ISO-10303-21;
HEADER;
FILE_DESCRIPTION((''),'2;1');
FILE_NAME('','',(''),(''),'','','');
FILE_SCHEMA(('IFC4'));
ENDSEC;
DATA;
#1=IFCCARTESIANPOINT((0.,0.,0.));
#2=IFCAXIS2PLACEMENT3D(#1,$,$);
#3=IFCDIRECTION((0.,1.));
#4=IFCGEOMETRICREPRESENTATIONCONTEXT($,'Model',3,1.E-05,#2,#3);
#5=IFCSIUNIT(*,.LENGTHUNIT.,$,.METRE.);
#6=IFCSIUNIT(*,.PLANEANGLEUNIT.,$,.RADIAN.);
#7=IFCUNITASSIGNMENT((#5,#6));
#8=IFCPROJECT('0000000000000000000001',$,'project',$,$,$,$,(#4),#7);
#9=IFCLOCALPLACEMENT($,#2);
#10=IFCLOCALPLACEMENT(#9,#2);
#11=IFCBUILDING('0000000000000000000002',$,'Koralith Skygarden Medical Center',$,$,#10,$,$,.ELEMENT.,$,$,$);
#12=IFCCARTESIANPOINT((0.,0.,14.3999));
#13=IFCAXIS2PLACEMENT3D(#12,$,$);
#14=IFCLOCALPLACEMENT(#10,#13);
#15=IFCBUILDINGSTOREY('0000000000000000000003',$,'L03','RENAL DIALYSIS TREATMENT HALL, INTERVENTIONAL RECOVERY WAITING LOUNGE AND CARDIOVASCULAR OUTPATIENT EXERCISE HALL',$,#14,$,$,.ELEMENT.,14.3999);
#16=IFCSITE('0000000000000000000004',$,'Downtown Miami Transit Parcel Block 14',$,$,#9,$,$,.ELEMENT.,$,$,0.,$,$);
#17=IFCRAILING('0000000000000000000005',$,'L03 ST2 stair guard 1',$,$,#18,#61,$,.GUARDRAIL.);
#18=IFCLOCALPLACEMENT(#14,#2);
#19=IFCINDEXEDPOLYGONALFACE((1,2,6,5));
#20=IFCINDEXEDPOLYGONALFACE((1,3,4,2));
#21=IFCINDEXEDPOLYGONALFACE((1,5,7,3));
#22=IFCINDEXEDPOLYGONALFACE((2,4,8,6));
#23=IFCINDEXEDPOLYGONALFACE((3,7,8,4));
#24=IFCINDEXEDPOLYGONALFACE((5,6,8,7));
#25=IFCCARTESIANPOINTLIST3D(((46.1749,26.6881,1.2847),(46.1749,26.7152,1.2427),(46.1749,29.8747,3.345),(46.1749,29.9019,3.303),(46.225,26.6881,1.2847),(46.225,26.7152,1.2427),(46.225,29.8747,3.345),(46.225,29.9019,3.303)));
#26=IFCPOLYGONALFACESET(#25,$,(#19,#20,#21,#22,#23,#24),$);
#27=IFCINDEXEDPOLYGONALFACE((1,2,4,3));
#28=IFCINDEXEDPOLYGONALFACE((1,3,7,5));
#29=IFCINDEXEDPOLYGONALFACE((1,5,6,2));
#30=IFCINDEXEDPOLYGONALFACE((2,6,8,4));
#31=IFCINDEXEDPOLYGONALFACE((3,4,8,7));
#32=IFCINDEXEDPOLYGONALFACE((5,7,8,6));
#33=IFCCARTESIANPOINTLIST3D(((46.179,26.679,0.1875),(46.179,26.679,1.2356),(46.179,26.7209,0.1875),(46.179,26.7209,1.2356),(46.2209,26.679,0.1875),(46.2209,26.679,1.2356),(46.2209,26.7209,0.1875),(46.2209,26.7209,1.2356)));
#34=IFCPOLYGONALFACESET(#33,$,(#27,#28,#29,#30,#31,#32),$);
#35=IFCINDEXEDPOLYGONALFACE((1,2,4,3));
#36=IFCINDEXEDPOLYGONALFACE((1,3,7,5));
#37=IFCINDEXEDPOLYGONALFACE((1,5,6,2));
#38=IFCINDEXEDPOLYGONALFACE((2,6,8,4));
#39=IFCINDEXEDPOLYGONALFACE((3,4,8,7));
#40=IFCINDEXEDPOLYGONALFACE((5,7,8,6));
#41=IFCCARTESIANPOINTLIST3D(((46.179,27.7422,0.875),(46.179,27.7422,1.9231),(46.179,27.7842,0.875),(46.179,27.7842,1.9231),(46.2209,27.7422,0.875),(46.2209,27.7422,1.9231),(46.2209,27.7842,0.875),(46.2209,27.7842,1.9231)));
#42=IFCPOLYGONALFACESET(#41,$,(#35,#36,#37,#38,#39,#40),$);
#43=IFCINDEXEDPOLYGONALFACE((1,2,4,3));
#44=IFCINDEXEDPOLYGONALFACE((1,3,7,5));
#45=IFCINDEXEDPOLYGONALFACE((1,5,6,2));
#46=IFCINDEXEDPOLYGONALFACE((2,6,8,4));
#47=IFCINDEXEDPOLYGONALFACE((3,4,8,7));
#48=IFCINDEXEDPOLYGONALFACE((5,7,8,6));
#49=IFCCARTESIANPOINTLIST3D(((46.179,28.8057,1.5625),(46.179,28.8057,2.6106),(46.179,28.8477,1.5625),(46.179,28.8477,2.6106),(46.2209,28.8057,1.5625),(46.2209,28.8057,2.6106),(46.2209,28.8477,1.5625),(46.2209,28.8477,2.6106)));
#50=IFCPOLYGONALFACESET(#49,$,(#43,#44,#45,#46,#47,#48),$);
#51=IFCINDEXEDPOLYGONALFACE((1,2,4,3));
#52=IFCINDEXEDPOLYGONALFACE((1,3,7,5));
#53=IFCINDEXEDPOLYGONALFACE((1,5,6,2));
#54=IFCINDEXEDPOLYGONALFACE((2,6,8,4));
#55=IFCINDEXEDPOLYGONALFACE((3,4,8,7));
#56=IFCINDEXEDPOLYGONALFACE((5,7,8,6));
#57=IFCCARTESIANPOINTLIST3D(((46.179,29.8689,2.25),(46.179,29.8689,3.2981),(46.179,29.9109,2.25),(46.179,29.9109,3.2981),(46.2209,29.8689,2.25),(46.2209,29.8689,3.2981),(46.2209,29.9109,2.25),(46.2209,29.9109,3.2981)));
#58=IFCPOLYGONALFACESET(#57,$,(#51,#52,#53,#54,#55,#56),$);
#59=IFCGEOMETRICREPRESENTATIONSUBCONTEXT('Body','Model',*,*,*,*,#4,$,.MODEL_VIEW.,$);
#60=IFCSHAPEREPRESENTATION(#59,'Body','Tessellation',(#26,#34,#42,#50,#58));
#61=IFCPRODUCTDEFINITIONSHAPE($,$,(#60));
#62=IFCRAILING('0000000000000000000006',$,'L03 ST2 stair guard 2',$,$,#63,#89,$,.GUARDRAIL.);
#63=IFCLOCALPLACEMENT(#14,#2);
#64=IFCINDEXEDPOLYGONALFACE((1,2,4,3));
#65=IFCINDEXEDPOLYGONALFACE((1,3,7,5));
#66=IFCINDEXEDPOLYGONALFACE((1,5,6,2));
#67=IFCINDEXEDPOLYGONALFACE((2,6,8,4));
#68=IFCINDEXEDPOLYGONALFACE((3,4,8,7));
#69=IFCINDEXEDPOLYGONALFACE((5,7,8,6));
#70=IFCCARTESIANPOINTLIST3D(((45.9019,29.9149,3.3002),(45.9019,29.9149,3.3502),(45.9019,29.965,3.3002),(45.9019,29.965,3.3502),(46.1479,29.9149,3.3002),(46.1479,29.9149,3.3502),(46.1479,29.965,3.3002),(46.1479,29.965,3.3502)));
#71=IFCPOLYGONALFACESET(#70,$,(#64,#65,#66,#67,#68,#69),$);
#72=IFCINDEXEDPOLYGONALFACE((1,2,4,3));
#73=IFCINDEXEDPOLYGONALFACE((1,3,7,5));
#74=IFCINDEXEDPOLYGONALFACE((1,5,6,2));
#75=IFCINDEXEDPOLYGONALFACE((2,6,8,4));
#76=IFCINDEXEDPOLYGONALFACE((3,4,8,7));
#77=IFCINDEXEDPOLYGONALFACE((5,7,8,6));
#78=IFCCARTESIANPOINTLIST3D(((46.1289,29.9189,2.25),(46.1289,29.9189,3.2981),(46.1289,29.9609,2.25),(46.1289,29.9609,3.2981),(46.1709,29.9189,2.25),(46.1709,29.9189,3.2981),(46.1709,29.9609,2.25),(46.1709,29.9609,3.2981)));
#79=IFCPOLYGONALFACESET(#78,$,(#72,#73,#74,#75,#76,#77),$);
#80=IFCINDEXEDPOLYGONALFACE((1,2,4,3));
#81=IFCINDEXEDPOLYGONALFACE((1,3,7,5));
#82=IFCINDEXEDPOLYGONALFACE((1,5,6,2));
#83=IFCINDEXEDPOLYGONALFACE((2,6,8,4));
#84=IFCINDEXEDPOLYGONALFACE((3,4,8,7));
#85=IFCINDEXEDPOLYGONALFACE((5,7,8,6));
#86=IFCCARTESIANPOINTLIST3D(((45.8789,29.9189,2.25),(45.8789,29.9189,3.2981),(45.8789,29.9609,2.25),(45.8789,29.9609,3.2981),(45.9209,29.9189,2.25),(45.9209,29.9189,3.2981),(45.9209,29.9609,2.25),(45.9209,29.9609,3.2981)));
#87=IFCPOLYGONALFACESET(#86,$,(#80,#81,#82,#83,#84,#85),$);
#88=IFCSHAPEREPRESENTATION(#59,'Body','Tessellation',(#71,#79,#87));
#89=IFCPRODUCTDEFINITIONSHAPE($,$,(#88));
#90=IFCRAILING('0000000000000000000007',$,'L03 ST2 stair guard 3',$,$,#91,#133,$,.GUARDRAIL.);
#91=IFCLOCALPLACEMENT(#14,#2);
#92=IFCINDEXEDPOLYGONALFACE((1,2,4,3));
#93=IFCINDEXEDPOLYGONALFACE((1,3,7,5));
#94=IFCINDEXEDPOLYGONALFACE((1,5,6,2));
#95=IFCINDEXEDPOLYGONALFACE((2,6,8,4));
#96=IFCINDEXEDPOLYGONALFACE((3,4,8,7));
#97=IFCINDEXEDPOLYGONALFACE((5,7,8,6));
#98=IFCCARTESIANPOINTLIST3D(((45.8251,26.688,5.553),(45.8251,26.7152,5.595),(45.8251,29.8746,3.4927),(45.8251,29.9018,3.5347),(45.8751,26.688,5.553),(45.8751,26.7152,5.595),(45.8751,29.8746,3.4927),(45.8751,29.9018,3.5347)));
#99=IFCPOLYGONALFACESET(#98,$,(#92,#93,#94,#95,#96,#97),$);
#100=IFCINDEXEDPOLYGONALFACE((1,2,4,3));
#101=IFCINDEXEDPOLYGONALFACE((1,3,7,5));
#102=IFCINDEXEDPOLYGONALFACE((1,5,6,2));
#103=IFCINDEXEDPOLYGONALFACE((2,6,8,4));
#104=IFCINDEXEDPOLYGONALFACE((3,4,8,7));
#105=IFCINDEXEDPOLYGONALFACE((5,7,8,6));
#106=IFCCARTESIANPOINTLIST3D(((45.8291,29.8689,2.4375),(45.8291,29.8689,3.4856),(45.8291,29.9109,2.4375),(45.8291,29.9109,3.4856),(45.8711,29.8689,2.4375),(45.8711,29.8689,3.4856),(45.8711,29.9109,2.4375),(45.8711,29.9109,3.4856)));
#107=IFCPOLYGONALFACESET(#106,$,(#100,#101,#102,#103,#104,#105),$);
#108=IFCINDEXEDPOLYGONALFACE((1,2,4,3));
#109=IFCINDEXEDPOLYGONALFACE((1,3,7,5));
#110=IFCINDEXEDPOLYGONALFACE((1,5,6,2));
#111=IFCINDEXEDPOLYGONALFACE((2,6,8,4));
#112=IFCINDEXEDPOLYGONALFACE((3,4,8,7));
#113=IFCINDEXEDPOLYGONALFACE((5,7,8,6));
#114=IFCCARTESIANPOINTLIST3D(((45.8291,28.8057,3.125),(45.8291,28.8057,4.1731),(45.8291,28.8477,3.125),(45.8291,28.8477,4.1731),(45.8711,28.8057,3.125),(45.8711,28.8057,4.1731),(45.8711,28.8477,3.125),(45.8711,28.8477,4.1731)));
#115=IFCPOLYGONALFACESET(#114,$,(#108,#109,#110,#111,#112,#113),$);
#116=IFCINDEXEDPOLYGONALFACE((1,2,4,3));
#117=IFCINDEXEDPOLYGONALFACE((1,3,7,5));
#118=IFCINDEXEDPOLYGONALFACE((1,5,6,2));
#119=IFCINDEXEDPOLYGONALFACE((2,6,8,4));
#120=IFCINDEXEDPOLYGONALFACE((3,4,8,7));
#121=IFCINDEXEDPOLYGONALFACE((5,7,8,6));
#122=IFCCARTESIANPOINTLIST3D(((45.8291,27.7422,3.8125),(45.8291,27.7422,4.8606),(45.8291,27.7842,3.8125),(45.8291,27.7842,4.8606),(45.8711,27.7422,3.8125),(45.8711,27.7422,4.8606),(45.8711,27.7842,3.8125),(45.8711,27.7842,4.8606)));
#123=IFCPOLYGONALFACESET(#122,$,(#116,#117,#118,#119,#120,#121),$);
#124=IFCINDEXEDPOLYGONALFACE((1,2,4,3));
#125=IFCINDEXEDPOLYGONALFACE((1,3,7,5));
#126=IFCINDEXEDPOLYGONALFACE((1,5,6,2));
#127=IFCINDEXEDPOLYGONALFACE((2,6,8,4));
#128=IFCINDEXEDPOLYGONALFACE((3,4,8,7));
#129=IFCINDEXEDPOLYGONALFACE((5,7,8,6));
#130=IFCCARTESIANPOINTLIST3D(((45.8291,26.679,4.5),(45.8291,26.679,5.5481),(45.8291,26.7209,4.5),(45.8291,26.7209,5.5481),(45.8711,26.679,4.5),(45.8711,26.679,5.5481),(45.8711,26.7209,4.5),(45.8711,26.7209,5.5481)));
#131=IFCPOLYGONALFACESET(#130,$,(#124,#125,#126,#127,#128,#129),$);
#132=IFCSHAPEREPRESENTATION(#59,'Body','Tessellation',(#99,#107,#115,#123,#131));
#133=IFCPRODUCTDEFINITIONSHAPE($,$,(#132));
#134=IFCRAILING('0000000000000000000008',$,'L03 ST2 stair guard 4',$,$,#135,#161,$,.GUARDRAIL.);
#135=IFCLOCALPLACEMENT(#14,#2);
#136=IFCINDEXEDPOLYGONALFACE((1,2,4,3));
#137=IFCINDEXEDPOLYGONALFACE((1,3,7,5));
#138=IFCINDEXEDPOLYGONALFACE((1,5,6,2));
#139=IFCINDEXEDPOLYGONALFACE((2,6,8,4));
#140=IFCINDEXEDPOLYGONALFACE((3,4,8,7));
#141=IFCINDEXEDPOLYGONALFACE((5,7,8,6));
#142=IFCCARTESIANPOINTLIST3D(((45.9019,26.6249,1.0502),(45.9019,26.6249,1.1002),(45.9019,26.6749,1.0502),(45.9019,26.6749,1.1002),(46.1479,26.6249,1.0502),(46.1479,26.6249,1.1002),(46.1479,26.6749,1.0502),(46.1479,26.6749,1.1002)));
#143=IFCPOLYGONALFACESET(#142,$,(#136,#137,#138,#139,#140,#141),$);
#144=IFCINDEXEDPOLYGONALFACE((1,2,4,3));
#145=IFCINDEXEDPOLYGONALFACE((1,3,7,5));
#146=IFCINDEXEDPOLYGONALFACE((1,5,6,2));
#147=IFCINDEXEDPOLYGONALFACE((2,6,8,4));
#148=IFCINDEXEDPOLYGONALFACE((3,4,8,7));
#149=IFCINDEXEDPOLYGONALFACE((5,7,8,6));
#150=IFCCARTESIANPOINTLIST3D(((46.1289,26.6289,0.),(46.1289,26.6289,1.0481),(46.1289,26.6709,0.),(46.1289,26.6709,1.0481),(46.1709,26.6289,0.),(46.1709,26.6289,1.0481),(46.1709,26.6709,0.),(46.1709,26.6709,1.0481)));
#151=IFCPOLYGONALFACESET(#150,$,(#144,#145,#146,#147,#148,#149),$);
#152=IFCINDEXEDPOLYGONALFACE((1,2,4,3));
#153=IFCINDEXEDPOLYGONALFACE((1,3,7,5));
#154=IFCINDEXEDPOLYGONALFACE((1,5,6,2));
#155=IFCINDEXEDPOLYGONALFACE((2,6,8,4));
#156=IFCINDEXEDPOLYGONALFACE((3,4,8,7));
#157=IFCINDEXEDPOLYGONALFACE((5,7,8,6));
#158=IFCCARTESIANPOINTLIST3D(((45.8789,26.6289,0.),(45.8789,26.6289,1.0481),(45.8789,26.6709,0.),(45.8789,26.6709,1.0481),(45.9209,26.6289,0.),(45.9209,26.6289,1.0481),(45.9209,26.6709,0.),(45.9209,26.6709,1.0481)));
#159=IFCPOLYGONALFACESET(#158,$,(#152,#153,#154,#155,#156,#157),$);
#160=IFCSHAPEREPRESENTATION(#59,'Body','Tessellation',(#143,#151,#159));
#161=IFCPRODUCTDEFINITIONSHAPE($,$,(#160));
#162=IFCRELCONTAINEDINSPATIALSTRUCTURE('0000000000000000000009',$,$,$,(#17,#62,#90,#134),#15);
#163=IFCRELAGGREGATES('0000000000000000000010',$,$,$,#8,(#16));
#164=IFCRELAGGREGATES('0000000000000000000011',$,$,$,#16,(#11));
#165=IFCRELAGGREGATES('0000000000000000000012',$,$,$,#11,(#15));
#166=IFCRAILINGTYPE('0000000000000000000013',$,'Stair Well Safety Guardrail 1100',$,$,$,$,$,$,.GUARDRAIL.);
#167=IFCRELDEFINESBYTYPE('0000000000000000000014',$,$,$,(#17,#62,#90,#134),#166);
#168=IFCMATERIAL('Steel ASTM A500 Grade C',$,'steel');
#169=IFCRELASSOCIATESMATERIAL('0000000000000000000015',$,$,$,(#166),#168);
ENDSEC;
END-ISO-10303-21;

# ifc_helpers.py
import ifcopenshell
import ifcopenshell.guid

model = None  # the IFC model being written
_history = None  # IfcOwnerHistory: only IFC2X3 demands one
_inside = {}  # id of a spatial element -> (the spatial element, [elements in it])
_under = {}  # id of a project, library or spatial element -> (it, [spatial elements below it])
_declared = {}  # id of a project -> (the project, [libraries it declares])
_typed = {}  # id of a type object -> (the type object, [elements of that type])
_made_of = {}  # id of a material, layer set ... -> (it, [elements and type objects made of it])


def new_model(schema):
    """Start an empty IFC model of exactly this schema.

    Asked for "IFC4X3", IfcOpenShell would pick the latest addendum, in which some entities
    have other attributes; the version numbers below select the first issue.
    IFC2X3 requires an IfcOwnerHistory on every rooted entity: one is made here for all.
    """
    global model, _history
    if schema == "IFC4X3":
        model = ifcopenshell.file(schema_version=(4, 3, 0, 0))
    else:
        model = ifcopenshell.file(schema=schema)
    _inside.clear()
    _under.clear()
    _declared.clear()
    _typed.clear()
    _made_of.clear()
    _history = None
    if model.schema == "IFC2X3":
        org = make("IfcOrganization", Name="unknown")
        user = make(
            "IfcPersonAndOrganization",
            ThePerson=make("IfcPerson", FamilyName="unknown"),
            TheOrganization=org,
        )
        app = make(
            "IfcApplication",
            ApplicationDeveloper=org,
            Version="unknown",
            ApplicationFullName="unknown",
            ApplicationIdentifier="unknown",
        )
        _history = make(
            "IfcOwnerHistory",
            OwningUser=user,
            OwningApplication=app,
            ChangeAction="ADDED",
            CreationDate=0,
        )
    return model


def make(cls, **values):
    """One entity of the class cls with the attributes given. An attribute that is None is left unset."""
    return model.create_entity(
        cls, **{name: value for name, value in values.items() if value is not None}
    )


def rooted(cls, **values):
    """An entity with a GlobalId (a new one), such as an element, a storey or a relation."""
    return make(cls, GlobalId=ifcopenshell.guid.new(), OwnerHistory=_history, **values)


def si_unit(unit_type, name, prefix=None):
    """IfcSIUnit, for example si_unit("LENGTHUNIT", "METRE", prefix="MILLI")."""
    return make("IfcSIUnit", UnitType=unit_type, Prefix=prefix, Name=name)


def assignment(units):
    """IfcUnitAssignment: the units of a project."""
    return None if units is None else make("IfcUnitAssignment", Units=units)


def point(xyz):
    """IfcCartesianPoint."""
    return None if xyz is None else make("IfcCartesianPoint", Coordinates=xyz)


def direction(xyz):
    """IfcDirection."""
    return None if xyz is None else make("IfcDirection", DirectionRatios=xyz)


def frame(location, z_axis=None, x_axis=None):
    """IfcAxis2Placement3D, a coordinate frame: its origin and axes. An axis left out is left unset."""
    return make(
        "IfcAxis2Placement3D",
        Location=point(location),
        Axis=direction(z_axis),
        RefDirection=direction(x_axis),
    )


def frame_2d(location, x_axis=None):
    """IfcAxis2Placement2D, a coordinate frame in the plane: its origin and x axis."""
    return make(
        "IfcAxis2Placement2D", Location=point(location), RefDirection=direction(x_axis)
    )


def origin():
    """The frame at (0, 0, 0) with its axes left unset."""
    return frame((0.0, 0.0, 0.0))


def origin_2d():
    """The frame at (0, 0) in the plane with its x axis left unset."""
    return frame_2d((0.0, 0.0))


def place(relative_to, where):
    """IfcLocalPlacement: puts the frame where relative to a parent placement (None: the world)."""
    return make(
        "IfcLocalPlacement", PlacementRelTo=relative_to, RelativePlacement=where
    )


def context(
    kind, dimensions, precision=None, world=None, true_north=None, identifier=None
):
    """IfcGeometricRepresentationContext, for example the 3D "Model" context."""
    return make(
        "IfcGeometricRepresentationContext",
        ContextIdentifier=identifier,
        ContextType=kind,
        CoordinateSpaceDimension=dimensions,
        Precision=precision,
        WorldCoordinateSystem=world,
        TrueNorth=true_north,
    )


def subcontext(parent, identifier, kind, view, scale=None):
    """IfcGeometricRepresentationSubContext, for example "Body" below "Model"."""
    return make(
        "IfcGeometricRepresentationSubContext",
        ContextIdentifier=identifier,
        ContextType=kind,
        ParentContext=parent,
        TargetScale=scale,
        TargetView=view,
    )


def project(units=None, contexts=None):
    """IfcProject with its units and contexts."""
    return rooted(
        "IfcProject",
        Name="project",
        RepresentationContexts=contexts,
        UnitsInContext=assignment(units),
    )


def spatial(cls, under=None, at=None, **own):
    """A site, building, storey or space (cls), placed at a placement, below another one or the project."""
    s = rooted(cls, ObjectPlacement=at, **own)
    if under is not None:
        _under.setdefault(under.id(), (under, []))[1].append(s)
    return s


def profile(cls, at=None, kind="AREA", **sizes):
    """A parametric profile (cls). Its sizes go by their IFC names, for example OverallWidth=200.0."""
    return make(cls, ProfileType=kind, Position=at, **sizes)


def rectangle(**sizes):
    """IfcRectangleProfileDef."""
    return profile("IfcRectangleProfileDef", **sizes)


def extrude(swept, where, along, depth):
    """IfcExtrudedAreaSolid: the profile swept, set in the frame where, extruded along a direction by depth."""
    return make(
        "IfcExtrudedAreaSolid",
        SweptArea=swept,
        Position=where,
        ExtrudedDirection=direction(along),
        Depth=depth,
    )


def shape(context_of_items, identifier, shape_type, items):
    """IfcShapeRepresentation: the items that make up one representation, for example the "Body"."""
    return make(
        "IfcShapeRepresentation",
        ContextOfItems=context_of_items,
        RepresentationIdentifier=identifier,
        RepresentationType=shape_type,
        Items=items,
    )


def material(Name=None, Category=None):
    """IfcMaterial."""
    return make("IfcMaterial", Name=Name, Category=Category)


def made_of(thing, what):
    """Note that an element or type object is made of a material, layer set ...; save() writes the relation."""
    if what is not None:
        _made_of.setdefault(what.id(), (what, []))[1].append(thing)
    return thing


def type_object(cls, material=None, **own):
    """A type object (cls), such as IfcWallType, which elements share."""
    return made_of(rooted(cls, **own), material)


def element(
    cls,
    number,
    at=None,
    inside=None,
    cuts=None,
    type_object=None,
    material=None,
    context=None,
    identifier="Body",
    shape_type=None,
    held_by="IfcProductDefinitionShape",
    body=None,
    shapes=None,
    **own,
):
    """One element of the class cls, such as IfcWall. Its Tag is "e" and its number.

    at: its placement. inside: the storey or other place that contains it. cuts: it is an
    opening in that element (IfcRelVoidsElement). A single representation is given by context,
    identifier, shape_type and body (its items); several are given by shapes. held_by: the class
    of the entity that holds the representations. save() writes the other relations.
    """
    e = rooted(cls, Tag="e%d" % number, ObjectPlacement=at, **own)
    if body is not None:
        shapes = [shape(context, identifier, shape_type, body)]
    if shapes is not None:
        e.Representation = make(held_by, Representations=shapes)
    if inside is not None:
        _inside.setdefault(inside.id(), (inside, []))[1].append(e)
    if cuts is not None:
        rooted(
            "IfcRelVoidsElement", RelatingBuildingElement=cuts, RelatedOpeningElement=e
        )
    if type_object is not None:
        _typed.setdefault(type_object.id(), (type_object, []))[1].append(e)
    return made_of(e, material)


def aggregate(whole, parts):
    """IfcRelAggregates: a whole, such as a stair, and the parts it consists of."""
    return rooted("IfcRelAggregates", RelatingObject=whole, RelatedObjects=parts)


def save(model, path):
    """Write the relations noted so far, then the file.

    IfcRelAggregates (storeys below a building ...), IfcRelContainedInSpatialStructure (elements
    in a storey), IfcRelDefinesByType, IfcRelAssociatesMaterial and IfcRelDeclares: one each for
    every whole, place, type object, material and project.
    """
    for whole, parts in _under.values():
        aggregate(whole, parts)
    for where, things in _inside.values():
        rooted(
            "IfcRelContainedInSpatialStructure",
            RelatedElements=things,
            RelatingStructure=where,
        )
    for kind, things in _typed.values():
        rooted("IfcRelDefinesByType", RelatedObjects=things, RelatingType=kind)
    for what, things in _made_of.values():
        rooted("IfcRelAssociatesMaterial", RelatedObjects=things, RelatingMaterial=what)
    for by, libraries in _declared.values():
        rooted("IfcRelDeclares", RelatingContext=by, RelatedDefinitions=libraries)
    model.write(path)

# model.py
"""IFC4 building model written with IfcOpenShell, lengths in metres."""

from ifc_helpers import new_model, si_unit, direction, frame, origin, origin_2d, place, context, subcontext, project, spatial, rectangle, extrude, material, type_object, element, save


model = new_model("IFC4")

# Units and contexts
model_context = context("Model", 3, precision=1e-05, world=origin(), true_north=direction((0.0, 1.0)))
body_context = subcontext(model_context, "Body", "Model", "MODEL_VIEW")
ifc_project = project(units=[si_unit("LENGTHUNIT", "METRE"), si_unit("PLANEANGLEUNIT", "RADIAN")], contexts=[model_context])

# Site, building, storey
site_placement = place(None, origin())
site = spatial("IfcSite", under=ifc_project, at=site_placement, Name="Downtown Miami Transit Parcel Block 14", CompositionType="ELEMENT", RefElevation=0.0)
building_placement = place(site_placement, origin())
building = spatial("IfcBuilding", under=site, at=building_placement, Name="Koralith Skygarden Medical Center", CompositionType="ELEMENT")
storey_placement = place(building_placement, frame((0.0, 0.0, 14.3999)))
storey = spatial("IfcBuildingStorey", under=building, at=storey_placement, Name="L03", Description="RENAL DIALYSIS TREATMENT HALL, INTERVENTIONAL RECOVERY WAITING LOUNGE AND CARDIOVASCULAR OUTPATIENT EXERCISE HALL", CompositionType="ELEMENT", Elevation=14.3999)

# Railings
ifc_material_1 = material(Name="Steel ASTM A500 Grade C", Category="steel")
railing_type_1 = type_object("IfcRailingType", Name="Stair Well Safety Guardrail 1100", PredefinedType="GUARDRAIL", material=ifc_material_1)
railing_1_placement = place(storey_placement, frame((46.2, 26.7, 0.1875)))
element("IfcRailing", 1, at=railing_1_placement, inside=storey, type_object=railing_type_1, Name="L03 ST2 stair guard 1", PredefinedType="GUARDRAIL", context=body_context, shape_type="SweptSolid", body=[
    extrude(rectangle(XDim=0.05, YDim=0.05, at=origin_2d()), frame((0.0, 0.0017, 1.0762), z_axis=(0.0, 0.83976, 0.542958), x_axis=(-1.0, 0.0, 0.0)), (0.0, 0.0, 1.0), 3.7947),
    extrude(rectangle(XDim=0.042, YDim=0.042, at=origin_2d()), origin(), (0.0, 0.0, 1.0), 1.0481),
    extrude(rectangle(XDim=0.042, YDim=0.042, at=origin_2d()), frame((0.0, 1.0632, 0.6875)), (0.0, 0.0, 1.0), 1.0481),
    extrude(rectangle(XDim=0.042, YDim=0.042, at=origin_2d()), frame((0.0, 2.1267, 1.375)), (0.0, 0.0, 1.0), 1.0481),
    extrude(rectangle(XDim=0.042, YDim=0.042, at=origin_2d()), frame((0.0, 3.1899, 2.0625)), (0.0, 0.0, 1.0), 1.0481),
])
railing_2_placement = place(storey_placement, frame((46.1499, 29.9399, 2.25)))
element("IfcRailing", 2, at=railing_2_placement, inside=storey, type_object=railing_type_1, Name="L03 ST2 stair guard 2", PredefinedType="GUARDRAIL", context=body_context, shape_type="SweptSolid", body=[
    extrude(rectangle(XDim=0.05, YDim=0.05, at=origin_2d()), frame((-0.002, 0.0, 1.0752), z_axis=(-1.0, 0.0, 0.0), x_axis=(0.0, -1.0, 0.0)), (0.0, 0.0, 1.0), 0.2461),
    extrude(rectangle(XDim=0.042, YDim=0.042, at=origin_2d()), origin(), (0.0, 0.0, 1.0), 1.0481),
    extrude(rectangle(XDim=0.042, YDim=0.042, at=origin_2d()), frame((-0.25, 0.0, 0.0)), (0.0, 0.0, 1.0), 1.0481),
])
railing_3_placement = place(storey_placement, frame((45.8501, 29.8899, 2.4375)))
element("IfcRailing", 3, at=railing_3_placement, inside=storey, type_object=railing_type_1, Name="L03 ST2 stair guard 3", PredefinedType="GUARDRAIL", context=body_context, shape_type="SweptSolid", body=[
    extrude(rectangle(XDim=0.05, YDim=0.05, at=origin_2d()), frame((0.0, -0.0017, 1.0762), z_axis=(0.0, -0.83976, 0.542958), x_axis=(1.0, 0.0, 0.0)), (0.0, 0.0, 1.0), 3.7947),
    extrude(rectangle(XDim=0.042, YDim=0.042, at=origin_2d()), origin(), (0.0, 0.0, 1.0), 1.0481),
    extrude(rectangle(XDim=0.042, YDim=0.042, at=origin_2d()), frame((0.0, -1.0632, 0.6875)), (0.0, 0.0, 1.0), 1.0481),
    extrude(rectangle(XDim=0.042, YDim=0.042, at=origin_2d()), frame((0.0, -2.1267, 1.375)), (0.0, 0.0, 1.0), 1.0481),
    extrude(rectangle(XDim=0.042, YDim=0.042, at=origin_2d()), frame((0.0, -3.1899, 2.0625)), (0.0, 0.0, 1.0), 1.0481),
])
railing_4_placement = place(storey_placement, frame((46.1499, 26.6499, 0.0)))
element("IfcRailing", 4, at=railing_4_placement, inside=storey, type_object=railing_type_1, Name="L03 ST2 stair guard 4", PredefinedType="GUARDRAIL", context=body_context, shape_type="SweptSolid", body=[
    extrude(rectangle(XDim=0.05, YDim=0.05, at=origin_2d()), frame((-0.002, 0.0, 1.0752), z_axis=(-1.0, 0.0, 0.0), x_axis=(0.0, -1.0, 0.0)), (0.0, 0.0, 1.0), 0.2461),
    extrude(rectangle(XDim=0.042, YDim=0.042, at=origin_2d()), origin(), (0.0, 0.0, 1.0), 1.0481),
    extrude(rectangle(XDim=0.042, YDim=0.042, at=origin_2d()), frame((-0.25, 0.0, 0.0)), (0.0, 0.0, 1.0), 1.0481),
])

save(model, "model.ifc")
